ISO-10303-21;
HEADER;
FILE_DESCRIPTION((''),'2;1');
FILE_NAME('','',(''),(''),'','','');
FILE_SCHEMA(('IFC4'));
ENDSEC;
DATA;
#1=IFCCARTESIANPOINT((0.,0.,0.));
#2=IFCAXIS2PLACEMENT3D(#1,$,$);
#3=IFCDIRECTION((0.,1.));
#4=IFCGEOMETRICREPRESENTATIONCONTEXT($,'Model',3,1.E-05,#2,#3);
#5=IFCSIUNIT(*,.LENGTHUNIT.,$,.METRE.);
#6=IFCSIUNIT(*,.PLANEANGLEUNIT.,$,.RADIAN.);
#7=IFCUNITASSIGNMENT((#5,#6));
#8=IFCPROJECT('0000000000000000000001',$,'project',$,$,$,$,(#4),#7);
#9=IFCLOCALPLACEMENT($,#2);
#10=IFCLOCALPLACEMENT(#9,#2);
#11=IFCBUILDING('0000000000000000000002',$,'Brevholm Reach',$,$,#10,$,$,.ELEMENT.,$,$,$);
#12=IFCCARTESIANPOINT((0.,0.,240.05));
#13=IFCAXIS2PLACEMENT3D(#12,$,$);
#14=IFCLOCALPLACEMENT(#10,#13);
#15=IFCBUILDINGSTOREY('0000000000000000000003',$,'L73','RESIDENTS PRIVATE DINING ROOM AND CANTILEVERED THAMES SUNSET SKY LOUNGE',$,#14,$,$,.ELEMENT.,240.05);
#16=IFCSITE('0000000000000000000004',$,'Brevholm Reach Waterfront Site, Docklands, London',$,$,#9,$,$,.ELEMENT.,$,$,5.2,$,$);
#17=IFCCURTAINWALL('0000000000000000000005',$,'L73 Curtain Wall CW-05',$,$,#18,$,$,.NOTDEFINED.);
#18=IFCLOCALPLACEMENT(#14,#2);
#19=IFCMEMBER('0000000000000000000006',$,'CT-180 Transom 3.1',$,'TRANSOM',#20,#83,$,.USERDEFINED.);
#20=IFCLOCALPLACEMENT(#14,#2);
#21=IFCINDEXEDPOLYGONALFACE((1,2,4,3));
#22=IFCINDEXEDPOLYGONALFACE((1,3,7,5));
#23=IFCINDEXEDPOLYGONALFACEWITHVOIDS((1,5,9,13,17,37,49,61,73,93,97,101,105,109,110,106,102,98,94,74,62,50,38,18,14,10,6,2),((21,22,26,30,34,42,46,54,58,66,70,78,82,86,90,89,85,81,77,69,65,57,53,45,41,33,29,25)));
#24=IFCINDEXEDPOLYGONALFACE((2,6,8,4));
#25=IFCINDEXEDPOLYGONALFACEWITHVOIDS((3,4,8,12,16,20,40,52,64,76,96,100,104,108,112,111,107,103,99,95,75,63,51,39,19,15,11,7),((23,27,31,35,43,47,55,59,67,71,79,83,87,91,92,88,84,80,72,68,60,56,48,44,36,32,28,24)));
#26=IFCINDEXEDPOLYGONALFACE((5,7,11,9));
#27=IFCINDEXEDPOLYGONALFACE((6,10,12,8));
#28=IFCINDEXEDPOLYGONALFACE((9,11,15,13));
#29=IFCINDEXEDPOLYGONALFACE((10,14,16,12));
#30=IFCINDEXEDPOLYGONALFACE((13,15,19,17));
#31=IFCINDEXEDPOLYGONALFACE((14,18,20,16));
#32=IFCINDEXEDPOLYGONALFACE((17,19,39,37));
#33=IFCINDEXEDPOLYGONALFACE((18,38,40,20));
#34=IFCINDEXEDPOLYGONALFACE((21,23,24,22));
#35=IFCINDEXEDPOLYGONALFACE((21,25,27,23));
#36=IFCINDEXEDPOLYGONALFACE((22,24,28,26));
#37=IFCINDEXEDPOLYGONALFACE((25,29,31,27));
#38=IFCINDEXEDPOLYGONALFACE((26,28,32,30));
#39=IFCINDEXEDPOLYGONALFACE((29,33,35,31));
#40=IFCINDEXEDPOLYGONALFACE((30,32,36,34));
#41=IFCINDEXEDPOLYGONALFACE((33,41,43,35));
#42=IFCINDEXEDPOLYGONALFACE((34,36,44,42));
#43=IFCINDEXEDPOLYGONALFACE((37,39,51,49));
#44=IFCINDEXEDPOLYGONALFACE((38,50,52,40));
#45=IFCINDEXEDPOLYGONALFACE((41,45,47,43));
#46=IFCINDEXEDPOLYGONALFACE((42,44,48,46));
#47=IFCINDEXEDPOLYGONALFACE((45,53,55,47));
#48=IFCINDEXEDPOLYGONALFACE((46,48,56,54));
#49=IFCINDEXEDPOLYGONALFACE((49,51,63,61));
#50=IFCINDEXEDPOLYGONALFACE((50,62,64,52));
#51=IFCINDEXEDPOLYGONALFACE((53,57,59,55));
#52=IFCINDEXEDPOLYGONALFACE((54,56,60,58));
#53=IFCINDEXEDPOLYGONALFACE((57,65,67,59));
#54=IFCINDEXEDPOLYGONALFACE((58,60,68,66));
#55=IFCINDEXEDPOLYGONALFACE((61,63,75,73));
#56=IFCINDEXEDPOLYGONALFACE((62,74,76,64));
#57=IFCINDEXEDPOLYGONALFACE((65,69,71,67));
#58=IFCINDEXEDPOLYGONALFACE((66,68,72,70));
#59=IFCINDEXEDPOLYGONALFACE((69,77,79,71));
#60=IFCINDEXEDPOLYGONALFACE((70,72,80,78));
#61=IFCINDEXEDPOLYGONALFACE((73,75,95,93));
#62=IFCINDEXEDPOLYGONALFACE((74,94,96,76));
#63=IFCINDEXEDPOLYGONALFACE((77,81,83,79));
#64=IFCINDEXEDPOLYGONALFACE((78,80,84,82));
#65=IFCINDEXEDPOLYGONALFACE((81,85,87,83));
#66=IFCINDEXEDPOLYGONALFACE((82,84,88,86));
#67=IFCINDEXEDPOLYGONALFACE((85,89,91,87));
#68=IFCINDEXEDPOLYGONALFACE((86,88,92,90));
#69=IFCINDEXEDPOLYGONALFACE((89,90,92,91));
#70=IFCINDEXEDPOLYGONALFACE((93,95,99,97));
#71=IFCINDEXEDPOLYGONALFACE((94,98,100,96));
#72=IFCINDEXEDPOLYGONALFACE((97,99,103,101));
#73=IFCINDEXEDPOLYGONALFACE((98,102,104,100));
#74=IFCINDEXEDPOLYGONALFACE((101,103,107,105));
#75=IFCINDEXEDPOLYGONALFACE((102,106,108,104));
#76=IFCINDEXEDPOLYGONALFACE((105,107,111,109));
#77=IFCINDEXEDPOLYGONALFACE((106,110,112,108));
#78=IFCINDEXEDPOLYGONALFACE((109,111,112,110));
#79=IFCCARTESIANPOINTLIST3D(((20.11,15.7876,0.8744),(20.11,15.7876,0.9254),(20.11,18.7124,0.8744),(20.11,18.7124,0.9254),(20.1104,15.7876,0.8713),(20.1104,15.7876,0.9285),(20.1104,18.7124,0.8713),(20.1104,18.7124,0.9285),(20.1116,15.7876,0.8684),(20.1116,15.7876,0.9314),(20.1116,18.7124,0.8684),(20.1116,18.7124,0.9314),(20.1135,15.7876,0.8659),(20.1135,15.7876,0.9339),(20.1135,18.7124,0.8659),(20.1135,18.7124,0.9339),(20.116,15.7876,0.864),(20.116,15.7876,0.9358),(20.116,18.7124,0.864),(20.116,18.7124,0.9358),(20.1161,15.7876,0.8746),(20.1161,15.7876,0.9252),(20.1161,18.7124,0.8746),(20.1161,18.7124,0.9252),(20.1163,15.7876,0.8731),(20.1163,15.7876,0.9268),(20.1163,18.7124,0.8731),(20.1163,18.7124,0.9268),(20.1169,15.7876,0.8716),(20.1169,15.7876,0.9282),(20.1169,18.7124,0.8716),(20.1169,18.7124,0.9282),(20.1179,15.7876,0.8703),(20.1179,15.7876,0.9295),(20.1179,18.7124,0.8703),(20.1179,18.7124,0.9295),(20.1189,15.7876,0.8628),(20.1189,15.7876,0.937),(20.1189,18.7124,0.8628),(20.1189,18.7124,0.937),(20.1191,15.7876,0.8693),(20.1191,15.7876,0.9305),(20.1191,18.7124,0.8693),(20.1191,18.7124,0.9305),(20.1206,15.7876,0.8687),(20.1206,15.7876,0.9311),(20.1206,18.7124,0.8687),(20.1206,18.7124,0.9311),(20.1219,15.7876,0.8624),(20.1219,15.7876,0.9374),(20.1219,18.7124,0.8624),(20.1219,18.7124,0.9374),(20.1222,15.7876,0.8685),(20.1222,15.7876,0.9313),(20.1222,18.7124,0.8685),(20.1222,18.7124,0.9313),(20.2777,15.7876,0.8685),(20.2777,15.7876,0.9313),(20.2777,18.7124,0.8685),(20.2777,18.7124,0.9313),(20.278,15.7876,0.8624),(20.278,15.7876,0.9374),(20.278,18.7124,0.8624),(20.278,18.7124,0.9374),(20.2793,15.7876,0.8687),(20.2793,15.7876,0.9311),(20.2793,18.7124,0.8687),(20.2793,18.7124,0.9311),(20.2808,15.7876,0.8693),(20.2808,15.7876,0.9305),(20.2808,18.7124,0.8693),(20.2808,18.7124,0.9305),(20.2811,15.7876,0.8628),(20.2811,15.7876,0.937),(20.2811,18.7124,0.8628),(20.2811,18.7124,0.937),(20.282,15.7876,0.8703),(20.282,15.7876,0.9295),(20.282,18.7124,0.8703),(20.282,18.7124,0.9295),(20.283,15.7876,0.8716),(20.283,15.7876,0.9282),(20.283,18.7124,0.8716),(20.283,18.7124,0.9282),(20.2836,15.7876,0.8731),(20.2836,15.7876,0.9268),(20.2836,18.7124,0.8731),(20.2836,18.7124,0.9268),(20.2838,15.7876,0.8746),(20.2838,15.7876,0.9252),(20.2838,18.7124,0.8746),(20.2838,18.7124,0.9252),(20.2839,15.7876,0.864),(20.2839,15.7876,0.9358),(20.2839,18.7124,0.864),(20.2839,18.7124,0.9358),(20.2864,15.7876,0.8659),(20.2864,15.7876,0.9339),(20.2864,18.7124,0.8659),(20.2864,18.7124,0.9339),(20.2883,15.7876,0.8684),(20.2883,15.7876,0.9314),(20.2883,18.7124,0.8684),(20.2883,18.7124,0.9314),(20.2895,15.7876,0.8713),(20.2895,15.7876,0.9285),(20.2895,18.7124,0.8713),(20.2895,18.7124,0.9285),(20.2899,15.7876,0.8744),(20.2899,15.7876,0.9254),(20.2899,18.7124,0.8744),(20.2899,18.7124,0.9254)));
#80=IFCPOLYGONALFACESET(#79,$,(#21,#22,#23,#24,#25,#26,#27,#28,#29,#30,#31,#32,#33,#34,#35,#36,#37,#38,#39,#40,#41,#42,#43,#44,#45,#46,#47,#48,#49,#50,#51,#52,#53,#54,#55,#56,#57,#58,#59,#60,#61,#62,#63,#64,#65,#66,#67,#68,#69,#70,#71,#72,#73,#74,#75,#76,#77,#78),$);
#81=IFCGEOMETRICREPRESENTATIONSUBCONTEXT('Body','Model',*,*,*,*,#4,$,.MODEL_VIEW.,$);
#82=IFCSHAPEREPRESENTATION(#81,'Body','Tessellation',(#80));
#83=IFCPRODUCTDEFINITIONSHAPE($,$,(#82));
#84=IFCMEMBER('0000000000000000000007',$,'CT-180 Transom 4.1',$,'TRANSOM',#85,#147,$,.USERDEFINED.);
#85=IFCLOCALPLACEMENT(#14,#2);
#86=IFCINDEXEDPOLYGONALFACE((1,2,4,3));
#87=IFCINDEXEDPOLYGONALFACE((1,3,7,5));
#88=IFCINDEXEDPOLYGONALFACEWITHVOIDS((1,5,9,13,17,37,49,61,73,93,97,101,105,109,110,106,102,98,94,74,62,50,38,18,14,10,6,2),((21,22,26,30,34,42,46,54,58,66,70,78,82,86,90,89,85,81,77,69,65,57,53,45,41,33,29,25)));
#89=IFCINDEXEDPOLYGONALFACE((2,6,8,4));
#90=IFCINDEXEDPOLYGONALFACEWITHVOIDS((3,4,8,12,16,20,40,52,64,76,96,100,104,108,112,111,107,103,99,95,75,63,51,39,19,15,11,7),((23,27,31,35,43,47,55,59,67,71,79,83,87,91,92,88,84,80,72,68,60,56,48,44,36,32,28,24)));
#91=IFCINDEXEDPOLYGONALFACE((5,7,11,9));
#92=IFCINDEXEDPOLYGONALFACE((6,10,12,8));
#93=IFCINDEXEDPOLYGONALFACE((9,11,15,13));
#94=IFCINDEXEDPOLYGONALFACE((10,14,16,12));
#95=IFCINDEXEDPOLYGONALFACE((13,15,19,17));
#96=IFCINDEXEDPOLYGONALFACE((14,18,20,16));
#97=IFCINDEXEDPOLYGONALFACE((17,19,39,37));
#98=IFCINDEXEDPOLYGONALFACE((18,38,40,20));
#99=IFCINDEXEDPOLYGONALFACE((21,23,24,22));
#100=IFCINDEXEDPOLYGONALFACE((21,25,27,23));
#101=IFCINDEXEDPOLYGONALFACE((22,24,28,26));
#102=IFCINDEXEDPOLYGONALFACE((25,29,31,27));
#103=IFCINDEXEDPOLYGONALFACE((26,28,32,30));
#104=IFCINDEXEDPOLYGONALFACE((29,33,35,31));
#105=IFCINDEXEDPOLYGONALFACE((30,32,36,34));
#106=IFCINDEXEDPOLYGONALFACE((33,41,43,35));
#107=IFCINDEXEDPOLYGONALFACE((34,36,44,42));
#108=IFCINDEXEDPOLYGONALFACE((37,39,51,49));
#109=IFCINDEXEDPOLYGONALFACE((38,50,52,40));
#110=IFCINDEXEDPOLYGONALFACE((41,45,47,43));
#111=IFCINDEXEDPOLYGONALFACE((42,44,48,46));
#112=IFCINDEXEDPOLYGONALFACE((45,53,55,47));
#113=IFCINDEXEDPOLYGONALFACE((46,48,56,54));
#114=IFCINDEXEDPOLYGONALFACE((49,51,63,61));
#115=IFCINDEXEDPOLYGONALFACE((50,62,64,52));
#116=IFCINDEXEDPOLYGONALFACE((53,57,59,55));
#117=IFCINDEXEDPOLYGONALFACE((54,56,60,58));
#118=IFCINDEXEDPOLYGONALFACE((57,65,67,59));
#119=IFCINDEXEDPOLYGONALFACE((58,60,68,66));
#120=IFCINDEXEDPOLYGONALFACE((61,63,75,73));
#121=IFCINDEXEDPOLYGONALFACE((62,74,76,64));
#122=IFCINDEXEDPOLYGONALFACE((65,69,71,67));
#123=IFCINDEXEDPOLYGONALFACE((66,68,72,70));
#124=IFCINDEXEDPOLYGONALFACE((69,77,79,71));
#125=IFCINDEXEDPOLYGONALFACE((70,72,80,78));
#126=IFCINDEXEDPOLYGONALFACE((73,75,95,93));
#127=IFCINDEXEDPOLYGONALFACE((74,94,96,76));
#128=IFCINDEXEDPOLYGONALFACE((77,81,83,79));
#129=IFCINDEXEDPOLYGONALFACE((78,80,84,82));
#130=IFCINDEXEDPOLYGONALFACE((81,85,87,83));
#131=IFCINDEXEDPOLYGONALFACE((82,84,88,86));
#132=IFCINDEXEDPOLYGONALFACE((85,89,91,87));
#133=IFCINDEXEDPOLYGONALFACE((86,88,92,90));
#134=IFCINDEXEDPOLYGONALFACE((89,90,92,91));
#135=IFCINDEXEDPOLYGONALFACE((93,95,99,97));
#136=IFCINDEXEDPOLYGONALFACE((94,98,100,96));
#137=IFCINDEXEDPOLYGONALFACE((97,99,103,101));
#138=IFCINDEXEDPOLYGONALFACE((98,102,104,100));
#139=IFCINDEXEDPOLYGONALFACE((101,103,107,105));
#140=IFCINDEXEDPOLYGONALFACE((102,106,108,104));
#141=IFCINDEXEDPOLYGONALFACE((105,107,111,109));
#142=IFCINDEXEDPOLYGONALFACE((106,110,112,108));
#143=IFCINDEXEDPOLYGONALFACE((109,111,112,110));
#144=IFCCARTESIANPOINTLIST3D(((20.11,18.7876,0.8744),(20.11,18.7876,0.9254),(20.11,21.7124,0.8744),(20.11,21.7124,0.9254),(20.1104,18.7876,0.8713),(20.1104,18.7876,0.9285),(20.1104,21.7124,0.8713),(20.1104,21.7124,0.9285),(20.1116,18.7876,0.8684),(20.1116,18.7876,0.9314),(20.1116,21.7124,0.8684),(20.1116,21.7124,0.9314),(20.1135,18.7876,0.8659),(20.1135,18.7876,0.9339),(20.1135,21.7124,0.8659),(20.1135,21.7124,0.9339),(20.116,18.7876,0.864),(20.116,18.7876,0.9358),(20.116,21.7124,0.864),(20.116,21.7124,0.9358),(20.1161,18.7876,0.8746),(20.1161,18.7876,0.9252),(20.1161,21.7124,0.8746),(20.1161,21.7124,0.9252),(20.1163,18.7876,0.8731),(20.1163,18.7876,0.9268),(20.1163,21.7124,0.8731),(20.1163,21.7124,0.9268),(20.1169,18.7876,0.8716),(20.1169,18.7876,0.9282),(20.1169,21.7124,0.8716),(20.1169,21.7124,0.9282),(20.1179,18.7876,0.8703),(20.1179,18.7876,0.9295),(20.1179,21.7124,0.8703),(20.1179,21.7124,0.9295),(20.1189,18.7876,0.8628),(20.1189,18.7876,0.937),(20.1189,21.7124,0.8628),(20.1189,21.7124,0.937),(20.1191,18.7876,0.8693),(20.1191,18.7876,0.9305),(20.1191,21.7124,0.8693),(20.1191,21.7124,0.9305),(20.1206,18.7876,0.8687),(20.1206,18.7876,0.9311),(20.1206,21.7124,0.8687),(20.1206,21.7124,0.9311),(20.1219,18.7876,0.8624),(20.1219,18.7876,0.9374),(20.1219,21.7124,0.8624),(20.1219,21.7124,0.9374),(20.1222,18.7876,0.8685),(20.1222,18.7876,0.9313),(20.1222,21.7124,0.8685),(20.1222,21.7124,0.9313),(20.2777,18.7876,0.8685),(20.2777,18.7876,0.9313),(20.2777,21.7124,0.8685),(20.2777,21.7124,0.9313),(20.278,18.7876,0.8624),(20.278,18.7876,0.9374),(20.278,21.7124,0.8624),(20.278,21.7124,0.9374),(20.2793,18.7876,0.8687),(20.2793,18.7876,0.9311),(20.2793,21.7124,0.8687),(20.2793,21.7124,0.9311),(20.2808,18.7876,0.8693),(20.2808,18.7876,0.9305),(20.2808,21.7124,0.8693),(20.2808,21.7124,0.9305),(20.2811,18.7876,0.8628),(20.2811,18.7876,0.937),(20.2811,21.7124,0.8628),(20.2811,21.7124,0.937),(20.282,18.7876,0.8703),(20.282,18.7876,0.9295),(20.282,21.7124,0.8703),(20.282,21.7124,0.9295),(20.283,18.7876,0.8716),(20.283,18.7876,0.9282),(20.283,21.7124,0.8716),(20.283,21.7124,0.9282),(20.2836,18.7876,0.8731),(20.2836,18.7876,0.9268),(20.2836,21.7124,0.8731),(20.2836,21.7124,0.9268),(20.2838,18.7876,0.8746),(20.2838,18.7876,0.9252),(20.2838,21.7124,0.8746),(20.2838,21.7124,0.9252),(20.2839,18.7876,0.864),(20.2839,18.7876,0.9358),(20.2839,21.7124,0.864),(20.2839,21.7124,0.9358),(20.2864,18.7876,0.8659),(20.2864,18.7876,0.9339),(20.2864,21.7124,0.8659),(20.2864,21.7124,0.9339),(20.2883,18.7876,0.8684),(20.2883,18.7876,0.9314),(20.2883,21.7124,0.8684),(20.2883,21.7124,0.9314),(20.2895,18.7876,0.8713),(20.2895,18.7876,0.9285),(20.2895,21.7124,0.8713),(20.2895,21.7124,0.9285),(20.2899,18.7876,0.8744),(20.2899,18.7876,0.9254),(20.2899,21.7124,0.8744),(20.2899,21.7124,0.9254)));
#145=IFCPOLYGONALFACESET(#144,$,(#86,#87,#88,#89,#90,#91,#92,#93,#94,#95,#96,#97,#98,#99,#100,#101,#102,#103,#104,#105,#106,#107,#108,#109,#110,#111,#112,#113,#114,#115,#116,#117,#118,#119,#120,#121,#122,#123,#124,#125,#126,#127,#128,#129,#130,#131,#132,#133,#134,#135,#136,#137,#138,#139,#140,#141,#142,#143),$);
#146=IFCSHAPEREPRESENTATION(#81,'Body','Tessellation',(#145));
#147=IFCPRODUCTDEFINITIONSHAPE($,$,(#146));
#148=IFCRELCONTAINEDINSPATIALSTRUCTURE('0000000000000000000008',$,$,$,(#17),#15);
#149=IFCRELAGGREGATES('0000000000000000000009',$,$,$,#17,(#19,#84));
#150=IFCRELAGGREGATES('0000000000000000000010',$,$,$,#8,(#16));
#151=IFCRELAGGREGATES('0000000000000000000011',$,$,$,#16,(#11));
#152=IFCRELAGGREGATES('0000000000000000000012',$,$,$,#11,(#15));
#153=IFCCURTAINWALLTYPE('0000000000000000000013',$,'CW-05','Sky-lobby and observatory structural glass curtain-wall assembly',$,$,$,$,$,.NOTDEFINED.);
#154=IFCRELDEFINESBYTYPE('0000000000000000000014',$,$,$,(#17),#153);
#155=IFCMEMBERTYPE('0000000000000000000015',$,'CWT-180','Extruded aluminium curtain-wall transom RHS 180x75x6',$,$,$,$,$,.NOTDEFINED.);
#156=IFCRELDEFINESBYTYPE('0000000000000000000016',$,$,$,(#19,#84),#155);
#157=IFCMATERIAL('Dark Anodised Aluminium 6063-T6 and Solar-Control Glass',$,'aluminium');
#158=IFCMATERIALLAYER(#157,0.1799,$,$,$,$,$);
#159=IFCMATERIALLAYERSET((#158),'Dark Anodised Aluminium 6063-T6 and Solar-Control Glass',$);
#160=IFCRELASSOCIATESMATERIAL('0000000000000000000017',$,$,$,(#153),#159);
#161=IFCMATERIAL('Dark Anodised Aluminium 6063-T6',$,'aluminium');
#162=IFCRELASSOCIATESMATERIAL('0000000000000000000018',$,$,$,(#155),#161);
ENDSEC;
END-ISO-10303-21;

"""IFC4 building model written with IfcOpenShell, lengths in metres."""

from ifc_helpers import new_model, si_unit, direction, frame, origin, origin_2d, place, context, subcontext, project, spatial, hollow_rectangle, extrude, material, layer, layer_set, material_profile, profile_set, type_object, element, aggregate, save


model = new_model("IFC4")

# Units and contexts
model_context = context("Model", 3, precision=1e-05, world=origin(), true_north=direction((0.0, 1.0)))
body_context = subcontext(model_context, "Body", "Model", "MODEL_VIEW")
ifc_project = project(units=[si_unit("LENGTHUNIT", "METRE"), si_unit("PLANEANGLEUNIT", "RADIAN")], contexts=[model_context])

# Site, building, storey
site_placement = place(None, origin())
site = spatial("IfcSite", under=ifc_project, at=site_placement, Name="Brevholm Reach Waterfront Site, Docklands, London", CompositionType="ELEMENT", RefElevation=5.2)
building_placement = place(site_placement, origin())
building = spatial("IfcBuilding", under=site, at=building_placement, Name="Brevholm Reach", CompositionType="ELEMENT")
storey_placement = place(building_placement, frame((0.0, 0.0, 240.05)))
storey = spatial("IfcBuildingStorey", under=building, at=storey_placement, Name="L73", Description="RESIDENTS PRIVATE DINING ROOM AND CANTILEVERED THAMES SUNSET SKY LOUNGE", CompositionType="ELEMENT", Elevation=240.05)

# Curtain wall, members
ifc_material_1 = material(Name="Dark Anodised Aluminium 6063-T6 and Solar-Control Glass", Category="aluminium")
ifc_layer_1 = layer(ifc_material_1, 0.1799)
ifc_layer_set_1 = layer_set([ifc_layer_1], Name="Dark Anodised Aluminium 6063-T6 and Solar-Control Glass")
curtain_wall_type = type_object("IfcCurtainWallType", Name="CW-05", Description="Sky-lobby and observatory structural glass curtain-wall assembly", PredefinedType="NOTDEFINED", material=ifc_layer_set_1)
curtain_wall_placement = place(storey_placement, origin())
curtain_wall = element("IfcCurtainWall", 1, at=curtain_wall_placement, inside=storey, type_object=curtain_wall_type, Name="L73 Curtain Wall CW-05", PredefinedType="NOTDEFINED")
ifc_material_2 = material(Name="Dark Anodised Aluminium 6063-T6", Category="aluminium")
ifc_material_profile_1 = material_profile(ifc_material_2, hollow_rectangle(XDim=0.075, YDim=0.1799, WallThickness=0.0061, InnerFilletRadius=0.0061, OuterFilletRadius=0.012, at=origin_2d()), Name="RHS 180x75x6")
ifc_profile_set_1 = profile_set([ifc_material_profile_1], Name="Dark Anodised Aluminium 6063-T6")
member_type_1 = type_object("IfcMemberType", Name="CWT-180", Description="Extruded aluminium curtain-wall transom RHS 180x75x6", PredefinedType="NOTDEFINED", material=ifc_profile_set_1)
member_1_placement = place(storey_placement, frame((20.2, 15.7876, 0.8999), z_axis=(0.0, 1.0, 0.0), x_axis=(0.0, 0.0, 1.0)))
member_1 = element("IfcMember", 2, at=member_1_placement, type_object=member_type_1, Name="CT-180 Transom 3.1", ObjectType="TRANSOM", PredefinedType="USERDEFINED", context=body_context, shape_type="SweptSolid", body=[
    extrude(hollow_rectangle(XDim=0.075, YDim=0.1799, WallThickness=0.0061, InnerFilletRadius=0.0061, OuterFilletRadius=0.012, at=origin_2d()), origin(), (0.0, 0.0, 1.0), 2.9248),
])
member_2_placement = place(storey_placement, frame((20.2, 18.7876, 0.8999), z_axis=(0.0, 1.0, 0.0), x_axis=(0.0, 0.0, 1.0)))
member_2 = element("IfcMember", 3, at=member_2_placement, type_object=member_type_1, Name="CT-180 Transom 4.1", ObjectType="TRANSOM", PredefinedType="USERDEFINED", context=body_context, shape_type="SweptSolid", body=[
    extrude(hollow_rectangle(XDim=0.075, YDim=0.1799, WallThickness=0.0061, InnerFilletRadius=0.0061, OuterFilletRadius=0.012, at=origin_2d()), origin(), (0.0, 0.0, 1.0), 2.9248),
])
aggregate(curtain_wall, [member_1, member_2])

save(model, "model.ifc")
